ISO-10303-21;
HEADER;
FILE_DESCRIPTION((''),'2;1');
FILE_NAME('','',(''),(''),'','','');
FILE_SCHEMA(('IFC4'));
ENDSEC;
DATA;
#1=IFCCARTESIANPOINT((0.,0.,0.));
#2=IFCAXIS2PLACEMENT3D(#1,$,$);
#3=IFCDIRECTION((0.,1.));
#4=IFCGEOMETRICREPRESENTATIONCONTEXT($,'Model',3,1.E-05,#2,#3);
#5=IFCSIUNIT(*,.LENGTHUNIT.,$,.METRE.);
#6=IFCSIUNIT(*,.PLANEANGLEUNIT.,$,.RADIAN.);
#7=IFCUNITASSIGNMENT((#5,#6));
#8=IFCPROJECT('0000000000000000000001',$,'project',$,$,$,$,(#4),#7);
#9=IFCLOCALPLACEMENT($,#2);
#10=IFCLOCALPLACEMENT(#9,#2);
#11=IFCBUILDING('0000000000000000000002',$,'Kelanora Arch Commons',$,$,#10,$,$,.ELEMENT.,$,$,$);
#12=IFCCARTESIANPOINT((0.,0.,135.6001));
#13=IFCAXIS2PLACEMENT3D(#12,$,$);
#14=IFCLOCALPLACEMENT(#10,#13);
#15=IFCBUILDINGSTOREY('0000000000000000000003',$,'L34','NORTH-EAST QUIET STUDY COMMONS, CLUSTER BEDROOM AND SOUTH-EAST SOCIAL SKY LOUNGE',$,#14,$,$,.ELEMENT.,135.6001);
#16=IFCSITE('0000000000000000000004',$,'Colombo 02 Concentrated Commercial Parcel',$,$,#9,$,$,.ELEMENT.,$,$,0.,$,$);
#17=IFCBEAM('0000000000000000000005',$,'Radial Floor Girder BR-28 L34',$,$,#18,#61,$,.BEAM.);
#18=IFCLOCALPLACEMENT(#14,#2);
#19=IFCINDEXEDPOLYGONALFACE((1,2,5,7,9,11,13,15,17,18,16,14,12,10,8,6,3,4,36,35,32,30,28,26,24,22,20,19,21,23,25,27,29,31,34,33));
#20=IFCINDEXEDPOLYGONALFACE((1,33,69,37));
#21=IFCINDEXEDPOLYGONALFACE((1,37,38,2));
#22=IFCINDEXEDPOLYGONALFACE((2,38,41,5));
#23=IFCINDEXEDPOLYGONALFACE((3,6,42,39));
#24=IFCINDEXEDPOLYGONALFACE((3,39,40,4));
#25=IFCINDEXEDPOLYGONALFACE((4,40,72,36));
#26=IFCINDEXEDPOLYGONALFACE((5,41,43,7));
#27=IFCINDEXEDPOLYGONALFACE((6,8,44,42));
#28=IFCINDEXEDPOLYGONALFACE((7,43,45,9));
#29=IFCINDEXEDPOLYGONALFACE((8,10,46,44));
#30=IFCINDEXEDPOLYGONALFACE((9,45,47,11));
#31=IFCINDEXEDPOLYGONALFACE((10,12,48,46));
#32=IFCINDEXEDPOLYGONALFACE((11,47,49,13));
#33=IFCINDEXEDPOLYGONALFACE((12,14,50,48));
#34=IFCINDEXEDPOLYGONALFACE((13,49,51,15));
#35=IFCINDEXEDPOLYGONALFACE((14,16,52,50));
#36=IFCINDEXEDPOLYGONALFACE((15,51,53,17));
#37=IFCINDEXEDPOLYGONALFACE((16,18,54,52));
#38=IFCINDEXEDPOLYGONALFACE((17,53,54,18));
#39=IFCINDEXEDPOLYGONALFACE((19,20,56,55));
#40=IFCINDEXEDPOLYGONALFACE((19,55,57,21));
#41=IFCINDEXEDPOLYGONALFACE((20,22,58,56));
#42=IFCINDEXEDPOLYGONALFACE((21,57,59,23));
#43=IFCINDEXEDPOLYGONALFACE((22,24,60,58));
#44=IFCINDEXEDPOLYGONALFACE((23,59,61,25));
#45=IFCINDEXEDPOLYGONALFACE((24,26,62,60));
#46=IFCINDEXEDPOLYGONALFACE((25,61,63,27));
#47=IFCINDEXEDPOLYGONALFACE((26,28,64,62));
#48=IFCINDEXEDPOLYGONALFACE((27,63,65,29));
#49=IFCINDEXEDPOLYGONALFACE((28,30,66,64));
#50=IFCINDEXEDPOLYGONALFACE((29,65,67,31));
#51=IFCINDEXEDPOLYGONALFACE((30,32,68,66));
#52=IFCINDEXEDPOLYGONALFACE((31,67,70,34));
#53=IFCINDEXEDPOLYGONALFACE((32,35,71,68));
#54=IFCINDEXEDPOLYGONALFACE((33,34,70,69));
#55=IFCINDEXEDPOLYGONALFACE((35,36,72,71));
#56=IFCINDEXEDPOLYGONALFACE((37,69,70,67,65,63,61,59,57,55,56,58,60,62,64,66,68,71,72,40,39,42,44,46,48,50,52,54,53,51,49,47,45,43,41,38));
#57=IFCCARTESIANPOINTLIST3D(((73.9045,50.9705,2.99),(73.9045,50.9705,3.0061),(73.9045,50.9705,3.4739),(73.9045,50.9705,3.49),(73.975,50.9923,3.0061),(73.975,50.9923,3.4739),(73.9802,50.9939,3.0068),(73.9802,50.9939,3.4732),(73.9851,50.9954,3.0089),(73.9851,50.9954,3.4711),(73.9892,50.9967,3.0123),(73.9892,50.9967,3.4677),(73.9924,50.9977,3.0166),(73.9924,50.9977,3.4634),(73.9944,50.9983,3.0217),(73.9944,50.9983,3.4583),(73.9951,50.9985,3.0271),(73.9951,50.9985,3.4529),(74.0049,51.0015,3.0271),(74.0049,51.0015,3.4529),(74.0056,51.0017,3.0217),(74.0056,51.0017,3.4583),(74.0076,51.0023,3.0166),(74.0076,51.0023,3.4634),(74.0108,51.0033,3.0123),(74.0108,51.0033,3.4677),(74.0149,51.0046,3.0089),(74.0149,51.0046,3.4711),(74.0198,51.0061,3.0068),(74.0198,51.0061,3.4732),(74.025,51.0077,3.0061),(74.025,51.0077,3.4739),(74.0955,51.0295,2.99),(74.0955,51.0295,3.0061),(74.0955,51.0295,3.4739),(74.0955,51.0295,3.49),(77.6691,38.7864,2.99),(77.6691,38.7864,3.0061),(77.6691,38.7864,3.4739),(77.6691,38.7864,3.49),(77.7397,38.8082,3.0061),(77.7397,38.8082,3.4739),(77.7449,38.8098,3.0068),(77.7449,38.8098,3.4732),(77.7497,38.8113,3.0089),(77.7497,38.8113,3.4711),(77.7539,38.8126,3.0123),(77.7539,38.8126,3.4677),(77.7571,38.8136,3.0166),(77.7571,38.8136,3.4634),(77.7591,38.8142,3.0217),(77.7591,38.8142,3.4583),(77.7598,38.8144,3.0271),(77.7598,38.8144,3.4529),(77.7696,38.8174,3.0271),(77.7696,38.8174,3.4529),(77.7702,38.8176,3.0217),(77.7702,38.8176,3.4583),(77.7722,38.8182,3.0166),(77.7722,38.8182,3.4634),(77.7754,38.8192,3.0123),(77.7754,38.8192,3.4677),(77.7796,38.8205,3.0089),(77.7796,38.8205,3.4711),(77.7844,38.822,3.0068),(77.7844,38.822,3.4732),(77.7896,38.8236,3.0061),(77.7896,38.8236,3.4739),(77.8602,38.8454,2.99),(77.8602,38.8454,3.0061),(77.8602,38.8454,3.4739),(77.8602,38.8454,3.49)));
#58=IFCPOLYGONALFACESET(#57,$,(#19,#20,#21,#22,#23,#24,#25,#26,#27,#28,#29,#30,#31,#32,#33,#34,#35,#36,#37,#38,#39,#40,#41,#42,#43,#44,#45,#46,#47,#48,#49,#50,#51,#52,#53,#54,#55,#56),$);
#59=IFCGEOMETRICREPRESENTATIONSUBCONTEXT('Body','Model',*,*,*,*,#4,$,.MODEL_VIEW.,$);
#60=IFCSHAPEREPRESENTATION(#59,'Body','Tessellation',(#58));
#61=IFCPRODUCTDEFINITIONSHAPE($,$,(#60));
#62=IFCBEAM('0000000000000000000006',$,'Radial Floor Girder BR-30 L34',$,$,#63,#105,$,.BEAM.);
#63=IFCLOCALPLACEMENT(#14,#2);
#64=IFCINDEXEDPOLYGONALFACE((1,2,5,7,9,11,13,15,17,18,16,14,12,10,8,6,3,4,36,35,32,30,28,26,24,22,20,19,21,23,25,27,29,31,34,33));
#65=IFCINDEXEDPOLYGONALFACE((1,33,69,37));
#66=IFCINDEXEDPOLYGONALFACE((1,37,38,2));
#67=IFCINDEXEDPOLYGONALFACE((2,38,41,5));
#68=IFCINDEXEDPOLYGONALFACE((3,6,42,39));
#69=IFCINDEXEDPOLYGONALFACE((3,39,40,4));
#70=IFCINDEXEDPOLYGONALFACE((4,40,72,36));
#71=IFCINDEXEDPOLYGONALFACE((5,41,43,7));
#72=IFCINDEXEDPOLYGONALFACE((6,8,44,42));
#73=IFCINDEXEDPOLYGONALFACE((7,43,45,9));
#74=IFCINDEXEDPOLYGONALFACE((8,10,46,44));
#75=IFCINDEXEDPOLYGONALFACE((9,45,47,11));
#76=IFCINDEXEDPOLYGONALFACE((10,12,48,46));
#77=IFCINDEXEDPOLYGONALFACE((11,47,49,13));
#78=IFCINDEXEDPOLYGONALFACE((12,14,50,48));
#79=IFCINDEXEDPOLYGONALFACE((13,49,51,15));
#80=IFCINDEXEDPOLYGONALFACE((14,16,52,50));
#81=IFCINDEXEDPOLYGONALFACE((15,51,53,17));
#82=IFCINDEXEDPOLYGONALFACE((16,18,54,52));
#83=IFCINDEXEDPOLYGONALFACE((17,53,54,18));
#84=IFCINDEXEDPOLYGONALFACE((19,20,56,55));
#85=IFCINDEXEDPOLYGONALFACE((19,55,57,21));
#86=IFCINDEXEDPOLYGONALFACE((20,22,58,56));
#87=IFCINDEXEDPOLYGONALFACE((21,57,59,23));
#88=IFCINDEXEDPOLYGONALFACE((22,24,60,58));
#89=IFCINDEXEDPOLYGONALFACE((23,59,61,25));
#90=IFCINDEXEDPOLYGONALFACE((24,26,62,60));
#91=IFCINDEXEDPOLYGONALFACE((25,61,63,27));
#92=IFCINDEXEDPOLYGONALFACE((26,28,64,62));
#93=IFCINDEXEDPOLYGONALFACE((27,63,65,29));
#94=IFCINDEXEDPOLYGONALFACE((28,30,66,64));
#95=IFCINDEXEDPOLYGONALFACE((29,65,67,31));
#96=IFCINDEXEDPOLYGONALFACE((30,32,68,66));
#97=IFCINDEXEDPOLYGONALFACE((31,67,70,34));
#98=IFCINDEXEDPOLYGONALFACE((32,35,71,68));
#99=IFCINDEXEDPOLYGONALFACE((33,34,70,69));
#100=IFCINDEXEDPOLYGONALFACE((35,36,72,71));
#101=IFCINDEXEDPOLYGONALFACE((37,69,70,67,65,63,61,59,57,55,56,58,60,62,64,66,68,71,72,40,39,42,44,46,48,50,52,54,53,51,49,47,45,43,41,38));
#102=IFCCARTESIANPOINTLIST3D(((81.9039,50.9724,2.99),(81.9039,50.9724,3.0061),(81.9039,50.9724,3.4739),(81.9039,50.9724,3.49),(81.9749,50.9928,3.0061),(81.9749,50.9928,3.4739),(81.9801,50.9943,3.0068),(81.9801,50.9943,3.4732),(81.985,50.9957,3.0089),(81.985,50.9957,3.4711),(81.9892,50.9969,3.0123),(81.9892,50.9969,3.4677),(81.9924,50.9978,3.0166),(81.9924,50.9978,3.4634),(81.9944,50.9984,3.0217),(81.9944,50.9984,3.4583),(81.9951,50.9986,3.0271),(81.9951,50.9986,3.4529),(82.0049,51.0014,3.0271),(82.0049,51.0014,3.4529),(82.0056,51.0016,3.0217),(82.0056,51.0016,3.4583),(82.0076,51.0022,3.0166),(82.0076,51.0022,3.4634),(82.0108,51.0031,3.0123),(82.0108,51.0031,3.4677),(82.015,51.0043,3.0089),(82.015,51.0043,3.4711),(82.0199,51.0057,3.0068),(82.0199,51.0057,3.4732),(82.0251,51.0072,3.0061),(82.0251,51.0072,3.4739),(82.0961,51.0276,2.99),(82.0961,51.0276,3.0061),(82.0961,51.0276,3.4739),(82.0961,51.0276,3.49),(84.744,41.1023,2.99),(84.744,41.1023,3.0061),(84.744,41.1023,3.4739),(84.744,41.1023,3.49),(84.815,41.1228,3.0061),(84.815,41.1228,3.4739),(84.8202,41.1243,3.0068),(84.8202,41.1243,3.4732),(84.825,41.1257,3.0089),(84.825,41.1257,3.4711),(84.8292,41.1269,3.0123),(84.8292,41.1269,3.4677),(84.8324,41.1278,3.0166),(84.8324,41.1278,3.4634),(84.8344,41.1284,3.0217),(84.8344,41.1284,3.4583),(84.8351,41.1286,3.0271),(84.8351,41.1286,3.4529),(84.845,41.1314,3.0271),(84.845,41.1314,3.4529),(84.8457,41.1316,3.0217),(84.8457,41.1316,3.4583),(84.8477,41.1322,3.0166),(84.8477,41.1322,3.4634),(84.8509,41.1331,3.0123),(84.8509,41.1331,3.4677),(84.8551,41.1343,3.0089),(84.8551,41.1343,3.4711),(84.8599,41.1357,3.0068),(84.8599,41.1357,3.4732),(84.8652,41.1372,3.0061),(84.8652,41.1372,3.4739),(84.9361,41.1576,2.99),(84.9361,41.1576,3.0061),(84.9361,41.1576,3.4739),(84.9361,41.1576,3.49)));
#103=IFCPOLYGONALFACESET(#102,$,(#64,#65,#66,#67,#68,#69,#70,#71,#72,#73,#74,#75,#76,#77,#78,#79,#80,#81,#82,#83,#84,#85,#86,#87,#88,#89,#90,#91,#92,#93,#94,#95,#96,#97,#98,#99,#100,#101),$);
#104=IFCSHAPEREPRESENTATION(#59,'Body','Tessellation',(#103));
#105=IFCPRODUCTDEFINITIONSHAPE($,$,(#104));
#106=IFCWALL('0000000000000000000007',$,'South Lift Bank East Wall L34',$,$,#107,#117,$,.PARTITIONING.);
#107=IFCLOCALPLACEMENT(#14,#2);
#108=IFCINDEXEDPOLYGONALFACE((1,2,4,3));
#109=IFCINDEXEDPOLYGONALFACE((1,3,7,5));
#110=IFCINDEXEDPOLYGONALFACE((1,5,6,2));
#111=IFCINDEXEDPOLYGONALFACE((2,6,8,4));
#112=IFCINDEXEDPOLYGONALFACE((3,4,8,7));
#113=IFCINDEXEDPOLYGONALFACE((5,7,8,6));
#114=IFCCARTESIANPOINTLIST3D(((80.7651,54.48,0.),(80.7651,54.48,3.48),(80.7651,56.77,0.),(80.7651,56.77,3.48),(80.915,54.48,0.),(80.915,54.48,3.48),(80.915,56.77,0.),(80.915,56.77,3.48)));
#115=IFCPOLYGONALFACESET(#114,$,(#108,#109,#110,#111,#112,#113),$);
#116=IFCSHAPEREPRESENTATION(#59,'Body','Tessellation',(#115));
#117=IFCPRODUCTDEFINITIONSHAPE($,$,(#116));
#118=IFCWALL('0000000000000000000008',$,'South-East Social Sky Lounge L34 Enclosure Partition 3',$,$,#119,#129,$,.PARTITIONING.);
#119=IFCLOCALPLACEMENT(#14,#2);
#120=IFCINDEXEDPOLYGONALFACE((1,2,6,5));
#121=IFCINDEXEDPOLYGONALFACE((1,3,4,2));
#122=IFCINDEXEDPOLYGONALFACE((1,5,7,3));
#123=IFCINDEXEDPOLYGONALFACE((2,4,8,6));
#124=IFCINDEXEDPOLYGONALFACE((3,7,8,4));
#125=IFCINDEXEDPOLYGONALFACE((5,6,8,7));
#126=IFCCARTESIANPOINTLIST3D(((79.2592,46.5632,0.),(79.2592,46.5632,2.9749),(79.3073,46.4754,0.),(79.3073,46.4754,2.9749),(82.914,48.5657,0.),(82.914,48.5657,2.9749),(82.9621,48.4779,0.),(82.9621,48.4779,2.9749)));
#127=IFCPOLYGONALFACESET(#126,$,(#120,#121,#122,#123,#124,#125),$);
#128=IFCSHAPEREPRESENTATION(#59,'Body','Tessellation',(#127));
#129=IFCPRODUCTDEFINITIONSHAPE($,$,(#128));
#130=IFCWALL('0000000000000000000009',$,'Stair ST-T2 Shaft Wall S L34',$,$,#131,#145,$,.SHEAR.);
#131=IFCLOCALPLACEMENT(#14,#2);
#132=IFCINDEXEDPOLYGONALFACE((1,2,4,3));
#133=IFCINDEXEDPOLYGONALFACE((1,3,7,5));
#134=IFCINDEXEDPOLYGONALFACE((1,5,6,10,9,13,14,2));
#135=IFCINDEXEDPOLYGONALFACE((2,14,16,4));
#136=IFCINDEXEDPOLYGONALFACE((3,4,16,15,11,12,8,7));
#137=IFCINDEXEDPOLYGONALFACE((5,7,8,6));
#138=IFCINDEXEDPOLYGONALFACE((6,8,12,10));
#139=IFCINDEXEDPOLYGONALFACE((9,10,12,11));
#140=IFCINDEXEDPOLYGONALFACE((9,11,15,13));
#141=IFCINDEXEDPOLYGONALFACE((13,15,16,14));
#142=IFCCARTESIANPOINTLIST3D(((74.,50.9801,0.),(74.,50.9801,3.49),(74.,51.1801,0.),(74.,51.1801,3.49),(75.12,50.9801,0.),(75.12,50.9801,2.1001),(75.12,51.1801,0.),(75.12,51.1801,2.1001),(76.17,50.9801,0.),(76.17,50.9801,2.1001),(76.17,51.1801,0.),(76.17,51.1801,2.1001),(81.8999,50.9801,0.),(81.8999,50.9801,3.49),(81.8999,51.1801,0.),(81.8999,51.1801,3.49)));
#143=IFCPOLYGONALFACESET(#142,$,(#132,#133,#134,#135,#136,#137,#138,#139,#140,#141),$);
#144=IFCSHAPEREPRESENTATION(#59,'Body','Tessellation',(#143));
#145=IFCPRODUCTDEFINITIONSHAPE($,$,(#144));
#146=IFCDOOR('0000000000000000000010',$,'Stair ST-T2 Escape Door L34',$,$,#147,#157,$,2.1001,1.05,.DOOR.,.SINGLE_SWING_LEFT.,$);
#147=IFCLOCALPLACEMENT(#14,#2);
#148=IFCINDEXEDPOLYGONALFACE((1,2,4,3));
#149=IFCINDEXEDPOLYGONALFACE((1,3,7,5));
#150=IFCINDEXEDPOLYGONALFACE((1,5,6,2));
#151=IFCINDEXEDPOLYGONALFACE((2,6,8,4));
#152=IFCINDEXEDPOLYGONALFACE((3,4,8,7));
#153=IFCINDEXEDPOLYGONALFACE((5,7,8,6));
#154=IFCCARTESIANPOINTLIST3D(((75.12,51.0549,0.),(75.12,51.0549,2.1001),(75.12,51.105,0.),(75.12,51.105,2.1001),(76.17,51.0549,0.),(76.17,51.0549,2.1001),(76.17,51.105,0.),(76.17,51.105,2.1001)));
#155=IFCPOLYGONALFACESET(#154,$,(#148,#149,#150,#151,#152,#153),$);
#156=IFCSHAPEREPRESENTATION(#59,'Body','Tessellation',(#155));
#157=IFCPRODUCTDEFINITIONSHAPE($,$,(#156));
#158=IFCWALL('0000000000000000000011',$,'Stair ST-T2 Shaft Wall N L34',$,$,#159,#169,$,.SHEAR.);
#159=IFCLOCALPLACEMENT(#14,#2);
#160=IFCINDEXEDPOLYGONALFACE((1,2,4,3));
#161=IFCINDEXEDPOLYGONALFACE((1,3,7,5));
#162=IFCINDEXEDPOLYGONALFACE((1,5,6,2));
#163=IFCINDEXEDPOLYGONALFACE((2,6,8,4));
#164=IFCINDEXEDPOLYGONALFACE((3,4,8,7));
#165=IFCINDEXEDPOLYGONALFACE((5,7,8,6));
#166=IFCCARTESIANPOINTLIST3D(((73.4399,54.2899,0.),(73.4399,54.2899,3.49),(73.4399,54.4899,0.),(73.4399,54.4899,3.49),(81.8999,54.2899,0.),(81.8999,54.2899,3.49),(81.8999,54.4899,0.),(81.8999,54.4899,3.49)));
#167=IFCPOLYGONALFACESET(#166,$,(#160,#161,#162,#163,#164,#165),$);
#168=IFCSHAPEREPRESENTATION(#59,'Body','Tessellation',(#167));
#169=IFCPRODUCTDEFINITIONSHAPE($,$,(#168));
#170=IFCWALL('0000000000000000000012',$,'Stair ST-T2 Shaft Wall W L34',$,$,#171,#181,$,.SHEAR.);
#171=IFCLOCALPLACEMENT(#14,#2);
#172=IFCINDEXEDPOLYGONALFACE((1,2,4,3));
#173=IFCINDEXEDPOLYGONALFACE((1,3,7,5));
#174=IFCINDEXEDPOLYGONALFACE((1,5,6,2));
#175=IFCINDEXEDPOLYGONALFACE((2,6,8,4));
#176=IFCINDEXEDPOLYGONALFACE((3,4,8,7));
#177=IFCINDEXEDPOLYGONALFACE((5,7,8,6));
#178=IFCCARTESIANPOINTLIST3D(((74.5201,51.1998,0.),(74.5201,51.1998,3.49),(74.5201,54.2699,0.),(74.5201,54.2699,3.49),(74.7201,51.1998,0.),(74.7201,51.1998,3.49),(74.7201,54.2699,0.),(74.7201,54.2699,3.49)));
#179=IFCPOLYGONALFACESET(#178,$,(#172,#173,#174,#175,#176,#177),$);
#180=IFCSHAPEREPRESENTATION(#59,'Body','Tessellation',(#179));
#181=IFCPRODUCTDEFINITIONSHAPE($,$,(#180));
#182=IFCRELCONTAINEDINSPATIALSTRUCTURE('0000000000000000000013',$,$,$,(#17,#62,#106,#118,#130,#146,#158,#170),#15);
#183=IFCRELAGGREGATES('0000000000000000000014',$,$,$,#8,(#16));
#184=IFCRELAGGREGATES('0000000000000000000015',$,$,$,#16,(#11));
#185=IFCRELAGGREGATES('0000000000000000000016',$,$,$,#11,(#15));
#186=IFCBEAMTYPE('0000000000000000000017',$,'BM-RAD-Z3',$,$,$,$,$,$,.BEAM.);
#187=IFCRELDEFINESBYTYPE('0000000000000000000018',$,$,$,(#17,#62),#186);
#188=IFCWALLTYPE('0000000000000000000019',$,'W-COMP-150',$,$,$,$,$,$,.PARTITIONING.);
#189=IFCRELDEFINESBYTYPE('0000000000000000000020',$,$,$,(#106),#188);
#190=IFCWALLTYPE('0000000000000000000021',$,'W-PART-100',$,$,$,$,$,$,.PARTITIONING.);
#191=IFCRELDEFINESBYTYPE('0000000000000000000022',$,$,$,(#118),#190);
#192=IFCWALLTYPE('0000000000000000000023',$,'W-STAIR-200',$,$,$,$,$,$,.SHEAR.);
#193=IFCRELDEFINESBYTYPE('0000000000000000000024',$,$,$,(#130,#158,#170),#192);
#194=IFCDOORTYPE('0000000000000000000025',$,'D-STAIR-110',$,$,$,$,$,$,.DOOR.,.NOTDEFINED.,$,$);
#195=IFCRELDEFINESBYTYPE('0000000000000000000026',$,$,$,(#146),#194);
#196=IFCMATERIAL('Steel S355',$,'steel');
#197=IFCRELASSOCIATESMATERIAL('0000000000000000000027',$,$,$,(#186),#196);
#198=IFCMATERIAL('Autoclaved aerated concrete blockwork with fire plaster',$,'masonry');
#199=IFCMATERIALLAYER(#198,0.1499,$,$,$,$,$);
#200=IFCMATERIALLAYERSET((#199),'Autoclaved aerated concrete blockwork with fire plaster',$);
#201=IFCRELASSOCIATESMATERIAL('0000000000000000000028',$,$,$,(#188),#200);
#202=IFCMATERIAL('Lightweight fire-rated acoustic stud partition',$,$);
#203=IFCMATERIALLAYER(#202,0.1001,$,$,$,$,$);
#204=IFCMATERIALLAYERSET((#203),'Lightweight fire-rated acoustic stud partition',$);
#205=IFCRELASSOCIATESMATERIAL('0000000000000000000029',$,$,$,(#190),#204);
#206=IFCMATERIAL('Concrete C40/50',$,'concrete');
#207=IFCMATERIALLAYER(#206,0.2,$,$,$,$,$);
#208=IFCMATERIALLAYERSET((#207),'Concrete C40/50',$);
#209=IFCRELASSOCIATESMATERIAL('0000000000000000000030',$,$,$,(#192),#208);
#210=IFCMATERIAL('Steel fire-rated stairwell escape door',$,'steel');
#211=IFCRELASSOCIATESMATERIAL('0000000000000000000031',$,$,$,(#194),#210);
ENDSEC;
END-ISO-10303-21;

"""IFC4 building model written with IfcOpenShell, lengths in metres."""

from ifc_helpers import new_model, si_unit, direction, frame, frame_2d, origin, origin_2d, place, context, subcontext, project, spatial, rectangle, i_section, extrude, material, layer, layer_set, material_profile, profile_set, type_object, element, fill, save


model = new_model("IFC4")

# Units and contexts
model_context = context("Model", 3, precision=1e-05, world=origin(), true_north=direction((0.0, 1.0)))
body_context = subcontext(model_context, "Body", "Model", "MODEL_VIEW")
ifc_project = project(units=[si_unit("LENGTHUNIT", "METRE"), si_unit("PLANEANGLEUNIT", "RADIAN")], contexts=[model_context])

# Site, building, storey
site_placement = place(None, origin())
site = spatial("IfcSite", under=ifc_project, at=site_placement, Name="Colombo 02 Concentrated Commercial Parcel", CompositionType="ELEMENT", RefElevation=0.0)
building_placement = place(site_placement, origin())
building = spatial("IfcBuilding", under=site, at=building_placement, Name="Kelanora Arch Commons", CompositionType="ELEMENT")
storey_placement = place(building_placement, frame((0.0, 0.0, 135.6001)))
storey = spatial("IfcBuildingStorey", under=building, at=storey_placement, Name="L34", Description="NORTH-EAST QUIET STUDY COMMONS, CLUSTER BEDROOM AND SOUTH-EAST SOCIAL SKY LOUNGE", CompositionType="ELEMENT", Elevation=135.6001)

# Beams
ifc_material_1 = material(Name="Steel S355", Category="steel")
ifc_material_profile_1 = material_profile(ifc_material_1, i_section(OverallWidth=0.2, OverallDepth=0.5, WebThickness=0.0103, FlangeThickness=0.0161, FilletRadius=0.021, at=origin_2d()), Name="IPE500")
ifc_profile_set_1 = profile_set([ifc_material_profile_1], Name="Steel S355")
beam_type_1 = type_object("IfcBeamType", Name="BM-RAD-Z3", PredefinedType="BEAM", material=ifc_profile_set_1)
for number, where, z_axis, x_axis, name in (
    (1, (74.0, 51.0, 3.24), (0.29521, -0.955432, 0.0), (0.955432, 0.29521, 0.0), "Radial Floor Girder BR-28 L34"),
):
    element("IfcBeam", number, at=place(storey_placement, frame(where, z_axis=z_axis, x_axis=x_axis)), inside=storey, type_object=beam_type_1, Name=name, PredefinedType="BEAM", context=body_context, shape_type="SweptSolid", body=[
        extrude(i_section(OverallWidth=0.2, OverallDepth=0.5, WebThickness=0.0103, FlangeThickness=0.0161, FilletRadius=0.021, at=origin_2d()), origin(), (0.0, 0.0, 1.0), 12.7524),
    ])
beam_1_placement = place(storey_placement, frame((82.0, 51.0, 3.24), z_axis=(0.276526, -0.961006, 0.0), x_axis=(0.961006, 0.276526, 0.0)))
element("IfcBeam", 2, at=beam_1_placement, inside=storey, type_object=beam_type_1, Name="Radial Floor Girder BR-30 L34", PredefinedType="BEAM", context=body_context, shape_type="SweptSolid", body=[
    extrude(i_section(OverallWidth=0.2, OverallDepth=0.5, WebThickness=0.0103, FlangeThickness=0.0161, FilletRadius=0.021, at=origin_2d()), origin(), (0.0, 0.0, 1.0), 10.2705),
])

# Walls
ifc_material_2 = material(Name="Autoclaved aerated concrete blockwork with fire plaster", Category="masonry")
ifc_layer_1 = layer(ifc_material_2, 0.1499)
ifc_layer_set_1 = layer_set([ifc_layer_1], Name="Autoclaved aerated concrete blockwork with fire plaster")
wall_type_1 = type_object("IfcWallType", Name="W-COMP-150", PredefinedType="PARTITIONING", material=ifc_layer_set_1)
wall_1_placement = place(storey_placement, frame((80.8401, 54.48, 0.0), z_axis=(0.0, 0.0, 1.0), x_axis=(0.0, 1.0, 0.0)))
element("IfcWall", 3, at=wall_1_placement, inside=storey, type_object=wall_type_1, Name="South Lift Bank East Wall L34", PredefinedType="PARTITIONING", context=body_context, shape_type="SweptSolid", body=[
    extrude(rectangle(XDim=2.29, YDim=0.1499, at=frame_2d((1.145, 0.0))), origin(), (0.0, 0.0, 1.0), 3.48),
])
ifc_material_3 = material(Name="Lightweight fire-rated acoustic stud partition")
ifc_layer_2 = layer(ifc_material_3, 0.1001)
ifc_layer_set_2 = layer_set([ifc_layer_2], Name="Lightweight fire-rated acoustic stud partition")
wall_type_2 = type_object("IfcWallType", Name="W-PART-100", PredefinedType="PARTITIONING", material=ifc_layer_set_2)
wall_2_placement = place(storey_placement, frame((79.2832, 46.5193, 0.0), z_axis=(0.0, 0.0, 1.0), x_axis=(0.876994, 0.480501, 0.0)))
element("IfcWall", 4, at=wall_2_placement, inside=storey, type_object=wall_type_2, Name="South-East Social Sky Lounge L34 Enclosure Partition 3", PredefinedType="PARTITIONING", context=body_context, shape_type="SweptSolid", body=[
    extrude(rectangle(XDim=4.1675, YDim=0.1001, at=frame_2d((2.0837, 0.0))), origin(), (0.0, 0.0, 1.0), 2.9749),
])

# Wall, opening, door
ifc_material_4 = material(Name="Concrete C40/50", Category="concrete")
ifc_layer_3 = layer(ifc_material_4, 0.2)
ifc_layer_set_3 = layer_set([ifc_layer_3], Name="Concrete C40/50")
wall_type_3 = type_object("IfcWallType", Name="W-STAIR-200", PredefinedType="SHEAR", material=ifc_layer_set_3)
wall_3_placement = place(storey_placement, frame((74.0, 51.0801, 0.0), z_axis=(0.0, 0.0, 1.0), x_axis=(1.0, 0.0, 0.0)))
wall_3 = element("IfcWall", 5, at=wall_3_placement, inside=storey, type_object=wall_type_3, Name="Stair ST-T2 Shaft Wall S L34", PredefinedType="SHEAR", context=body_context, shape_type="SweptSolid", body=[
    extrude(rectangle(XDim=7.8999, YDim=0.2, at=frame_2d((3.95, 0.0))), origin(), (0.0, 0.0, 1.0), 3.49),
])
opening_placement = place(wall_3_placement, frame((1.1201, 0.0, 0.0)))
opening = element("IfcOpeningElement", 6, at=opening_placement, cuts=wall_3, PredefinedType="OPENING", context=body_context, shape_type="SweptSolid", body=[
    extrude(rectangle(XDim=1.05, YDim=2.1001, at=frame_2d((0.5249, 1.05))), frame((0.0, 0.1099, 0.0), z_axis=(0.0, -1.0, 0.0), x_axis=(1.0, 0.0, 0.0)), (0.0, 0.0, 1.0), 0.22),
])
ifc_material_5 = material(Name="Steel fire-rated stairwell escape door", Category="steel")
door_type = type_object("IfcDoorType", Name="D-STAIR-110", OperationType="NOTDEFINED", PredefinedType="DOOR", material=ifc_material_5)
door_placement = place(opening_placement, origin())
door = element("IfcDoor", 7, at=door_placement, inside=storey, type_object=door_type, Name="Stair ST-T2 Escape Door L34", OperationType="SINGLE_SWING_LEFT", OverallHeight=2.1001, OverallWidth=1.05, PredefinedType="DOOR", context=body_context, shape_type="SweptSolid", body=[
    extrude(rectangle(XDim=1.05, YDim=2.1001, at=frame_2d((0.5249, 1.05))), frame((0.0, 0.0249, 0.0), z_axis=(0.0, -1.0, 0.0), x_axis=(1.0, 0.0, 0.0)), (0.0, 0.0, 1.0), 0.05),
])
fill(opening, door)

# Walls
wall_4_placement = place(storey_placement, frame((81.8999, 54.3899, 0.0), z_axis=(0.0, 0.0, 1.0), x_axis=(-1.0, 0.0, 0.0)))
element("IfcWall", 8, at=wall_4_placement, inside=storey, type_object=wall_type_3, Name="Stair ST-T2 Shaft Wall N L34", PredefinedType="SHEAR", context=body_context, shape_type="SweptSolid", body=[
    extrude(rectangle(XDim=8.46, YDim=0.2, at=frame_2d((4.23, 0.0))), origin(), (0.0, 0.0, 1.0), 3.49),
])
for number, where, z_axis, x_axis, name in (
    (9, (74.6201, 54.27, 0.0), (0.0, 0.0, 1.0), (0.0, -1.0, 0.0), "Stair ST-T2 Shaft Wall W L34"),
):
    element("IfcWall", number, at=place(storey_placement, frame(where, z_axis=z_axis, x_axis=x_axis)), inside=storey, type_object=wall_type_3, Name=name, PredefinedType="SHEAR", context=body_context, shape_type="SweptSolid", body=[
        extrude(rectangle(XDim=3.0701, YDim=0.2, at=frame_2d((1.5352, 0.0))), origin(), (0.0, 0.0, 1.0), 3.49),
    ])

save(model, "model.ifc")
